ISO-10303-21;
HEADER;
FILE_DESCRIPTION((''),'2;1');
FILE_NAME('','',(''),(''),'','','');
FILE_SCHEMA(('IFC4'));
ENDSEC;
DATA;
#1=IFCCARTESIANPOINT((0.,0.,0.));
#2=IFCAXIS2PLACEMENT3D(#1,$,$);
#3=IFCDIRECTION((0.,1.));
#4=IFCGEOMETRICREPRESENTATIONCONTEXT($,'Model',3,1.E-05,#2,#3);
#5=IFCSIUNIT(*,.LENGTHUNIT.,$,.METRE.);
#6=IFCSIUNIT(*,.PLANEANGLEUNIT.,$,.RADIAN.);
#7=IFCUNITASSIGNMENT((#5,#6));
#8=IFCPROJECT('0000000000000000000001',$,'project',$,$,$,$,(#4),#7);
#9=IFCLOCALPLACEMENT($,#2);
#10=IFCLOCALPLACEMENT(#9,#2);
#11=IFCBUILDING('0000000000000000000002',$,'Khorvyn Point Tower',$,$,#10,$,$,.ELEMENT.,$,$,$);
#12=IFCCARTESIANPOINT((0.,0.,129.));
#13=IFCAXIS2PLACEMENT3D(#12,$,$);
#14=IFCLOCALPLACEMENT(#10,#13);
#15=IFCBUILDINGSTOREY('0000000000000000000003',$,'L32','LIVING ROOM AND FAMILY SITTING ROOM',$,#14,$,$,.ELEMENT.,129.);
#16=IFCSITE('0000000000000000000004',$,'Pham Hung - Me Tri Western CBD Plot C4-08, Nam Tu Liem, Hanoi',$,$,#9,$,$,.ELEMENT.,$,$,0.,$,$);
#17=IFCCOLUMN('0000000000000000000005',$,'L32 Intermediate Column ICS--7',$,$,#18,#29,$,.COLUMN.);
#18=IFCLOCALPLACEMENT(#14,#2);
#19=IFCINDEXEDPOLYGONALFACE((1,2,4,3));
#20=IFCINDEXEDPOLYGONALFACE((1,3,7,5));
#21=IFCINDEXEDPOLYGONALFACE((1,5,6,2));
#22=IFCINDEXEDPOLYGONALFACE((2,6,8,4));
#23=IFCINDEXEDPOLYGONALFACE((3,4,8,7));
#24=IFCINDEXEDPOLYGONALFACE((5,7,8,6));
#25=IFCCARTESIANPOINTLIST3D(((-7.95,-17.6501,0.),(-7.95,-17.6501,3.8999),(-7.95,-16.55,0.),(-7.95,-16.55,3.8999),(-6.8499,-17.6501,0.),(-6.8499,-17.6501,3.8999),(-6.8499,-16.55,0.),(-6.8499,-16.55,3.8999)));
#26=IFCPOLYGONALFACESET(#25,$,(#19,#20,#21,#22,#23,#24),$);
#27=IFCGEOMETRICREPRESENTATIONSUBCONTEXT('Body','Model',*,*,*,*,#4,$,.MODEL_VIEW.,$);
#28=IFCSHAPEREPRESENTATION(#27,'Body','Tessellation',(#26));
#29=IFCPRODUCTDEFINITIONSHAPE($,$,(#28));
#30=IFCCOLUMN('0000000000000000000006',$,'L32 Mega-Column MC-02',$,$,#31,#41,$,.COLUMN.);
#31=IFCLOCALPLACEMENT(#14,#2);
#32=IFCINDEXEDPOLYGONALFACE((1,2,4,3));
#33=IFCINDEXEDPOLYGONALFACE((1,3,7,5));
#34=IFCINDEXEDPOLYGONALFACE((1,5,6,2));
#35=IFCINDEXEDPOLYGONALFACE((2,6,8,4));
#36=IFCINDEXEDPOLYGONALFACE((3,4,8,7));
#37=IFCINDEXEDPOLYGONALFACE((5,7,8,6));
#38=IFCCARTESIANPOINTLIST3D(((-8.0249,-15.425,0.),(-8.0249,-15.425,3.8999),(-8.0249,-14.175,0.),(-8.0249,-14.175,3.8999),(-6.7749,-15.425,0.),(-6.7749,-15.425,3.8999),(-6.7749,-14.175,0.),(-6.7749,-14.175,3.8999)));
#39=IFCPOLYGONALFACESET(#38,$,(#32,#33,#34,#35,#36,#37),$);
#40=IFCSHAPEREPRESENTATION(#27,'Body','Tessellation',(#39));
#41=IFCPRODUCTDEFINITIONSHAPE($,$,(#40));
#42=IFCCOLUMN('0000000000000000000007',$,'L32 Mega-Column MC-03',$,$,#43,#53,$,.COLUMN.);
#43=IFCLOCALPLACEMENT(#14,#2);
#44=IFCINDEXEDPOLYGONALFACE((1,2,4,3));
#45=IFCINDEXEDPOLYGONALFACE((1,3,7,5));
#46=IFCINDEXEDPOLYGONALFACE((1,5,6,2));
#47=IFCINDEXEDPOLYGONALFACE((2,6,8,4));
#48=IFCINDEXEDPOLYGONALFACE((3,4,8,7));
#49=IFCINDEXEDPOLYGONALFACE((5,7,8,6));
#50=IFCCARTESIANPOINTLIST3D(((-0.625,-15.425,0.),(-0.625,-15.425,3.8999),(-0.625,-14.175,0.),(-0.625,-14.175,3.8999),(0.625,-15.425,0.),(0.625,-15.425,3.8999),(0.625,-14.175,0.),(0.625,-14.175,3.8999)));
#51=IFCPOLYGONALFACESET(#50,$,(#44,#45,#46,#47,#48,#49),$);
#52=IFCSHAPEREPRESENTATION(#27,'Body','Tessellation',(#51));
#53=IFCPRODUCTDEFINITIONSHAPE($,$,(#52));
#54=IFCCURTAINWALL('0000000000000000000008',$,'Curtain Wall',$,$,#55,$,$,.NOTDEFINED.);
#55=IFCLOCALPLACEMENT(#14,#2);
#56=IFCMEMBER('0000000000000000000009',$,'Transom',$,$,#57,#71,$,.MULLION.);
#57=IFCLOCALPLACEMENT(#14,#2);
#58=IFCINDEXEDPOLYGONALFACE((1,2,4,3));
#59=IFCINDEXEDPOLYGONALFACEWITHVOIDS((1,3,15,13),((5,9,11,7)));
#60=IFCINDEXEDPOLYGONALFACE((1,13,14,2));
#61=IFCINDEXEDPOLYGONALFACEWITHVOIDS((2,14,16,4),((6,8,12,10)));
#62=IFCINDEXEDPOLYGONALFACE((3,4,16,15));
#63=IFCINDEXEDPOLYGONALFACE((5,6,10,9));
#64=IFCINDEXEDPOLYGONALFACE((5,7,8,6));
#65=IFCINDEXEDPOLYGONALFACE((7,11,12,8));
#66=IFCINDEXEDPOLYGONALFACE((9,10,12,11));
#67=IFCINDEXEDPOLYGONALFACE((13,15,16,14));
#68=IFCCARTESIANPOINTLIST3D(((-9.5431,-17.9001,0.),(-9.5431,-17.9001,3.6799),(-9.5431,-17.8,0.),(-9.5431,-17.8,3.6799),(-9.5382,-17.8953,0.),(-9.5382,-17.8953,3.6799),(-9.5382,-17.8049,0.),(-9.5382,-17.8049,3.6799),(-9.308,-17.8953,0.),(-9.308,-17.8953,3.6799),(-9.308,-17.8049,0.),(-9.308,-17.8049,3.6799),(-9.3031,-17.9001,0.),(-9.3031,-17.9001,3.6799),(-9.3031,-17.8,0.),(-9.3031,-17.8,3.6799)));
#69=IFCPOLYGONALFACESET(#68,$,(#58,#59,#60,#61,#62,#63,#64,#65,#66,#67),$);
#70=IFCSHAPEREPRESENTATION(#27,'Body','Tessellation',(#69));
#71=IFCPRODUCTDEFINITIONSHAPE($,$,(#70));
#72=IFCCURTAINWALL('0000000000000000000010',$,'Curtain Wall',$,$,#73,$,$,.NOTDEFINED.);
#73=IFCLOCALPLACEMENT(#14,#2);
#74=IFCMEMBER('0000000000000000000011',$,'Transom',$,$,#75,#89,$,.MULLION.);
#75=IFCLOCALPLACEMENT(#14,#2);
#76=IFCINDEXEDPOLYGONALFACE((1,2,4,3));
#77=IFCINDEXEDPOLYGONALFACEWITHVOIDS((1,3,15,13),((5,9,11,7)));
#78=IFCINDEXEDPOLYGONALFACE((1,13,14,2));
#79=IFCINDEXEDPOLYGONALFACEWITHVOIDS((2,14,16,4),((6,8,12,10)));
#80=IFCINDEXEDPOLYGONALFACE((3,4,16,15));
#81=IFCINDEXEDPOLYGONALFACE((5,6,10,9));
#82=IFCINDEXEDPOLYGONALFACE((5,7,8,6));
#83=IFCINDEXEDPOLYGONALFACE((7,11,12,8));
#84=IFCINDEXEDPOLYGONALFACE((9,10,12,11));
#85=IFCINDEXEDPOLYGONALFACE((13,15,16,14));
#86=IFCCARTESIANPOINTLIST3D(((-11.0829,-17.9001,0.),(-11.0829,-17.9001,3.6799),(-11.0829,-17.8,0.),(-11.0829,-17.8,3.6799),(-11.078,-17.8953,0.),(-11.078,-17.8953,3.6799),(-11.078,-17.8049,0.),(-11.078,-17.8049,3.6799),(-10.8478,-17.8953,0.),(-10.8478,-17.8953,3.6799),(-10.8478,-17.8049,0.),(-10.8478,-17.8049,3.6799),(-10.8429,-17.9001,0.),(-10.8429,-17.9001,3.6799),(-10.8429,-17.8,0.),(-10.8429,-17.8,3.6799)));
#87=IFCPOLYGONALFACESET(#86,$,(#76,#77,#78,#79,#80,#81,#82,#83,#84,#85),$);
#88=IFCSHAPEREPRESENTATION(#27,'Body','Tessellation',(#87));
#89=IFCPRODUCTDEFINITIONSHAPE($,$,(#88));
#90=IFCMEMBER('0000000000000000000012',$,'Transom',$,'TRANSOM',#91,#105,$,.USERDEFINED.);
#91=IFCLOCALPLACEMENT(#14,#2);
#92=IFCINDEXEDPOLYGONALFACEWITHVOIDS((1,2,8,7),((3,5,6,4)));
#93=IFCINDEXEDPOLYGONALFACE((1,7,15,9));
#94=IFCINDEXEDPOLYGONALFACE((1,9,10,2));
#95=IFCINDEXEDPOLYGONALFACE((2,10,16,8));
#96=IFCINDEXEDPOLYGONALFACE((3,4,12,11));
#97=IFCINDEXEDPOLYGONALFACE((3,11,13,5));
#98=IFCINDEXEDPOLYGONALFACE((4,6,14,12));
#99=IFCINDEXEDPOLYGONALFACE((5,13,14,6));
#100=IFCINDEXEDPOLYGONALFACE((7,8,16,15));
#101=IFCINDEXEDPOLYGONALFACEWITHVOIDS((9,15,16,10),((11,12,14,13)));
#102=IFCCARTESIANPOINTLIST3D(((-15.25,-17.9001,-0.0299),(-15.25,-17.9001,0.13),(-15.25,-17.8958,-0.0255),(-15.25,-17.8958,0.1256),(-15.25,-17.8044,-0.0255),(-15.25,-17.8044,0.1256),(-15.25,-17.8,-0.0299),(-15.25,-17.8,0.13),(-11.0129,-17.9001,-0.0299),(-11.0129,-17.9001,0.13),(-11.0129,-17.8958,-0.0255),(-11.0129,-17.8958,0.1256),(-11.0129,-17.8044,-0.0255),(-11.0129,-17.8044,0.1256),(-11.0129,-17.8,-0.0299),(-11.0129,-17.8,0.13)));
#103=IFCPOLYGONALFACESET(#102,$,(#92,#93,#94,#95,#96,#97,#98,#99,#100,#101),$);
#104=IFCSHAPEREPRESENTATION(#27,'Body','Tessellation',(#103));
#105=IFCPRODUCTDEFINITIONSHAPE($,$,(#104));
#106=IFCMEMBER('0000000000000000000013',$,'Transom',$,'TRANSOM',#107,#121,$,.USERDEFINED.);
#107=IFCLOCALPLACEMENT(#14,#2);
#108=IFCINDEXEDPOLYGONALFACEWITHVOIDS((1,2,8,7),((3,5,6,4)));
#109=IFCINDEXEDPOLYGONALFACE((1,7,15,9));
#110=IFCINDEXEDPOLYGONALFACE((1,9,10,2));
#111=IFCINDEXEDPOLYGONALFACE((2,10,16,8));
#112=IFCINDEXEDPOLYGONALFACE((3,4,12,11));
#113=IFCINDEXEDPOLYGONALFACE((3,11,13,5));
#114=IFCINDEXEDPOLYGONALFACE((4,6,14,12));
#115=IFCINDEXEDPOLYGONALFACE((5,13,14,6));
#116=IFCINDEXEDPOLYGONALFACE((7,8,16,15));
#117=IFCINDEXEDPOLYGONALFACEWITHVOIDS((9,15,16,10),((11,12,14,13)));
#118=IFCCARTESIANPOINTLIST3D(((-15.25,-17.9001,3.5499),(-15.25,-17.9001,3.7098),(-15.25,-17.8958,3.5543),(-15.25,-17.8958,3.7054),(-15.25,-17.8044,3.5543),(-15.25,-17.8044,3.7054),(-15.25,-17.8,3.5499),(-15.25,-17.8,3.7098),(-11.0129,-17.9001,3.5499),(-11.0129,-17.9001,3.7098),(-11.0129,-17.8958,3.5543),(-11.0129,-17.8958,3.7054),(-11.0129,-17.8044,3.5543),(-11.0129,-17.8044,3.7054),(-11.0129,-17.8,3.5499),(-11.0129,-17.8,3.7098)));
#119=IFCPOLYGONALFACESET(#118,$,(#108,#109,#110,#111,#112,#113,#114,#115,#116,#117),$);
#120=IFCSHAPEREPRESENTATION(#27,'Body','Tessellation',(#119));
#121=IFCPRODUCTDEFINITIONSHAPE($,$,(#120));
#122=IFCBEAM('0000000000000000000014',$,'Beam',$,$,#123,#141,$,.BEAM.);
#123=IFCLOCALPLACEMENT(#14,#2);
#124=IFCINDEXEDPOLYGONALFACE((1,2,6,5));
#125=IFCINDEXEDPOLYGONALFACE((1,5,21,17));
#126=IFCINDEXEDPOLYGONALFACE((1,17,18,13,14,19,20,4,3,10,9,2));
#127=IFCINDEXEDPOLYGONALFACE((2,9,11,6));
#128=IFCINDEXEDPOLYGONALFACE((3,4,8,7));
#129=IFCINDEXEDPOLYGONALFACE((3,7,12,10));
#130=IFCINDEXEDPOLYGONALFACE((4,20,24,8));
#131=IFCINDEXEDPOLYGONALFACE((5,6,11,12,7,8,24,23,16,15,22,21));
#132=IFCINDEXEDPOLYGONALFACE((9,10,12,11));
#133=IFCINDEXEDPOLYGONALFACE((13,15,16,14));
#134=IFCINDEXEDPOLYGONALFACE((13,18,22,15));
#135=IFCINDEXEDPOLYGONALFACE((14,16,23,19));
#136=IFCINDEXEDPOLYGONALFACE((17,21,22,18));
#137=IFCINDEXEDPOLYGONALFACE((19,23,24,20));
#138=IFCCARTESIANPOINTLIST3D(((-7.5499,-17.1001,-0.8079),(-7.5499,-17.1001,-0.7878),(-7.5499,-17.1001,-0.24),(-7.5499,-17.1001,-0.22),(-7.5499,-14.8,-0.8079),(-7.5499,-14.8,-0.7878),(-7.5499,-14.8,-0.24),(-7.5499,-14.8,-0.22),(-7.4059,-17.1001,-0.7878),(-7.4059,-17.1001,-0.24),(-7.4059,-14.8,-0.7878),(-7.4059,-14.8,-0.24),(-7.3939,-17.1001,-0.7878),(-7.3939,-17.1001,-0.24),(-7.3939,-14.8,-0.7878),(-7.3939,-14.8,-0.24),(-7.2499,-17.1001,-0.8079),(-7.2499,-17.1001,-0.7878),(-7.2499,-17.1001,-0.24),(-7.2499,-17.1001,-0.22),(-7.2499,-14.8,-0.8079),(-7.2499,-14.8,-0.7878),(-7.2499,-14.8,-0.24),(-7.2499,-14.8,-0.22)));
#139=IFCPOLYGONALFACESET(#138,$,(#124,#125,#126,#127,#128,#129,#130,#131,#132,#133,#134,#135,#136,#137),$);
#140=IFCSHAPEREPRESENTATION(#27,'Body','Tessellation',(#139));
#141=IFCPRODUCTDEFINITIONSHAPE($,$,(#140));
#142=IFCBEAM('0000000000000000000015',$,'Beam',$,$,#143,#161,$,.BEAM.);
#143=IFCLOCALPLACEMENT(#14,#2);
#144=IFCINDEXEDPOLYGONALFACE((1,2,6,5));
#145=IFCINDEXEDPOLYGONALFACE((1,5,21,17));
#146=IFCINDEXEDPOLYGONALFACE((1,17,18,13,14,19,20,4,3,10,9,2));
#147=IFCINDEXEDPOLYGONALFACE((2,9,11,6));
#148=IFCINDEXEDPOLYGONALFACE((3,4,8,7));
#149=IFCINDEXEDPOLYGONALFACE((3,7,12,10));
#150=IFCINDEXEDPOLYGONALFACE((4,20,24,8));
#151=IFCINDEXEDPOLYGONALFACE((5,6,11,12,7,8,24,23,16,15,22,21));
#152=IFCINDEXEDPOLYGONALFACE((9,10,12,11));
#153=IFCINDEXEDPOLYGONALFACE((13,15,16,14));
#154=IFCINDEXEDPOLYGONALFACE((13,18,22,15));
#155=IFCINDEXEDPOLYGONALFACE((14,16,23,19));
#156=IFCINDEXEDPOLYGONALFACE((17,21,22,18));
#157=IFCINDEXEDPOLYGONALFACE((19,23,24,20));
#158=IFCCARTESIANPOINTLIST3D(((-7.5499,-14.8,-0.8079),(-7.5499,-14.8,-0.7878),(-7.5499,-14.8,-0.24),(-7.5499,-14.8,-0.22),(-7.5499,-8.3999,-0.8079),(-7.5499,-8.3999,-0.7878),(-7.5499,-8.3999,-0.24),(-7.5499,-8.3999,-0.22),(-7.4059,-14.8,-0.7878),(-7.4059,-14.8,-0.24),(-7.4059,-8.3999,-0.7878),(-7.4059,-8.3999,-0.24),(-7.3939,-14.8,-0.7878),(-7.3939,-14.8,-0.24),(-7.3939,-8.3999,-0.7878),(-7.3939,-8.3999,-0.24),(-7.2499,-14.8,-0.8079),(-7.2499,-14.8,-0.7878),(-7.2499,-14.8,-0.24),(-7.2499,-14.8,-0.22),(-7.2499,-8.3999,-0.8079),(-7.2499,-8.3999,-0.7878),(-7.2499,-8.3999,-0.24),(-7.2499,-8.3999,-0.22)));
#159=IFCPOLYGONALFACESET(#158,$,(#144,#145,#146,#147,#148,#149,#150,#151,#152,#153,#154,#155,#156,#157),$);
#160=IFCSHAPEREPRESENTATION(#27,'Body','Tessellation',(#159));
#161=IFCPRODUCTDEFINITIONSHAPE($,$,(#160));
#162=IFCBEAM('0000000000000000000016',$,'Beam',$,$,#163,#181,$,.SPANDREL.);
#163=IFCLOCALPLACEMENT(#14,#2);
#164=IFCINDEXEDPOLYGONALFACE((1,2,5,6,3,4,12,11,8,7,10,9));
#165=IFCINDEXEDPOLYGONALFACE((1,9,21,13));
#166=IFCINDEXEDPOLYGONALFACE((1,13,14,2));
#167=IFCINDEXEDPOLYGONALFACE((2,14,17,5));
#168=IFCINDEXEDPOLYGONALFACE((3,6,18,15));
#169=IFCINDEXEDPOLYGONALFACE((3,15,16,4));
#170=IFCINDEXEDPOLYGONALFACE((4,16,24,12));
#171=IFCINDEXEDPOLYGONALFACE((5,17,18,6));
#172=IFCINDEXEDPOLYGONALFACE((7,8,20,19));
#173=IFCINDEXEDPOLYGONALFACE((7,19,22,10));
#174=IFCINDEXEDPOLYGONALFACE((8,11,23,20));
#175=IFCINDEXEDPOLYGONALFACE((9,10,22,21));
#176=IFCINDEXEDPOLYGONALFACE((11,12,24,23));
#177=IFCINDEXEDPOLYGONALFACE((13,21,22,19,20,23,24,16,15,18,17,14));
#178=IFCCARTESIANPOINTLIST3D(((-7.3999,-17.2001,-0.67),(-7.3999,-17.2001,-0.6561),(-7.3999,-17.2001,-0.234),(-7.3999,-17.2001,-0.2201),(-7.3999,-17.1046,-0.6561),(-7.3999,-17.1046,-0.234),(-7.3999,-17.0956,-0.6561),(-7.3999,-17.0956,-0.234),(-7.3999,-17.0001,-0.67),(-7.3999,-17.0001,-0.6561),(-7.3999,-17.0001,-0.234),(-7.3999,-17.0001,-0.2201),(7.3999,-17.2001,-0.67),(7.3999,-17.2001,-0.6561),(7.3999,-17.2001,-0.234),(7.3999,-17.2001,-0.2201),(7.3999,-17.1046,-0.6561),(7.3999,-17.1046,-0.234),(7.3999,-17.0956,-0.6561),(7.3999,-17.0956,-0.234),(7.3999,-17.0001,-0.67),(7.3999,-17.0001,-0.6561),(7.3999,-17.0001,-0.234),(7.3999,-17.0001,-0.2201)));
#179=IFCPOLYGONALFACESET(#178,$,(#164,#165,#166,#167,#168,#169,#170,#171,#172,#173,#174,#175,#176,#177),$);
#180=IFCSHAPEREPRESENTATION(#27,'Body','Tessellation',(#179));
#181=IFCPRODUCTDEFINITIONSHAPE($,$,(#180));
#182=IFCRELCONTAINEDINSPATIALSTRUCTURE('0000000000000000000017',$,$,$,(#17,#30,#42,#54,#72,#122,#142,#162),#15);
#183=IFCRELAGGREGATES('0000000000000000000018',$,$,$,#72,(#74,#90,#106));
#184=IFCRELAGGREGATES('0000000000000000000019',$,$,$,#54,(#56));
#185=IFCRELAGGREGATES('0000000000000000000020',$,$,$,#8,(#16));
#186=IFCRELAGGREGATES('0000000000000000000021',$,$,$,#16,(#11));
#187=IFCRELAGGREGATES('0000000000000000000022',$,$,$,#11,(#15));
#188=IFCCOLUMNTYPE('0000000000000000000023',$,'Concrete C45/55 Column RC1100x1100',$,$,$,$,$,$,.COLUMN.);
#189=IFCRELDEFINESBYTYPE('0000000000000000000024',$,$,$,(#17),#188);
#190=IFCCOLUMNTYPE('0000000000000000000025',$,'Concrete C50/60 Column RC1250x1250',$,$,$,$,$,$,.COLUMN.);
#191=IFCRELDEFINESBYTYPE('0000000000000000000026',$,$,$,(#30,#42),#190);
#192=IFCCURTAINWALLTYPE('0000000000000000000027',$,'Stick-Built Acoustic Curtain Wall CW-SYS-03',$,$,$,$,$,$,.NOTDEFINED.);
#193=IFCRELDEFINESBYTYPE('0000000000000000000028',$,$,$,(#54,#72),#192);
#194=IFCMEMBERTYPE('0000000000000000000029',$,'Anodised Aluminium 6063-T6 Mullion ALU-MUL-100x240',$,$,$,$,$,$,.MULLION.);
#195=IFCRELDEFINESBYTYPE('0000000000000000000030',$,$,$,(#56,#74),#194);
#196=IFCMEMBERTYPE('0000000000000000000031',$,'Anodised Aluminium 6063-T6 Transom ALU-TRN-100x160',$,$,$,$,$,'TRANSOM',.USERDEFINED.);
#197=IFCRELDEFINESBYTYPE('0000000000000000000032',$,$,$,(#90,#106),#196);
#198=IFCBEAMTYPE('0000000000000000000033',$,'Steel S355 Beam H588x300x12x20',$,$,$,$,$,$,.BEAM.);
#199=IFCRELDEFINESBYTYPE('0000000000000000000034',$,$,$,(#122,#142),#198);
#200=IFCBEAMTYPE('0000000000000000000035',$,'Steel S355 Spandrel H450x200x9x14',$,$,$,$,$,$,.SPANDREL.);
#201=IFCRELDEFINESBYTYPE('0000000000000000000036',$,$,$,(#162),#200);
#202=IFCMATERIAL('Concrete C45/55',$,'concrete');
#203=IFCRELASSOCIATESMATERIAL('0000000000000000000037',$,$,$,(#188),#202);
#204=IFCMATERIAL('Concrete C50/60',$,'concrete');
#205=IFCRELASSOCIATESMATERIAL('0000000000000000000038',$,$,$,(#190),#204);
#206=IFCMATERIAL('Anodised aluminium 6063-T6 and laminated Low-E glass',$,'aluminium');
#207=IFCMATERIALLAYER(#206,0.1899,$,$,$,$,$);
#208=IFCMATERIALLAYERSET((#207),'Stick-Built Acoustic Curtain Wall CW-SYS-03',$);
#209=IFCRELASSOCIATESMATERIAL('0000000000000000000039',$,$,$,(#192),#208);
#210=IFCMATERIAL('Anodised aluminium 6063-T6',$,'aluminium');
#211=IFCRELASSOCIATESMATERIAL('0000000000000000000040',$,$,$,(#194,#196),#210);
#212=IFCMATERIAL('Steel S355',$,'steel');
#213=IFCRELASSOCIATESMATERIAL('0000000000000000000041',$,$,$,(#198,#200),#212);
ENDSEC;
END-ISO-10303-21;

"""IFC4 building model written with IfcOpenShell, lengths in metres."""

from ifc_helpers import new_model, si_unit, direction, frame, origin, origin_2d, place, context, subcontext, project, spatial, rectangle, hollow_rectangle, i_section, extrude, material, layer, layer_set, material_profile, profile_set, type_object, element, aggregate, save


model = new_model("IFC4")

# Units and contexts
model_context = context("Model", 3, precision=1e-05, world=origin(), true_north=direction((0.0, 1.0)))
body_context = subcontext(model_context, "Body", "Model", "MODEL_VIEW")
ifc_project = project(units=[si_unit("LENGTHUNIT", "METRE"), si_unit("PLANEANGLEUNIT", "RADIAN")], contexts=[model_context])

# Site, building, storey
site_placement = place(None, origin())
site = spatial("IfcSite", under=ifc_project, at=site_placement, Name="Pham Hung - Me Tri Western CBD Plot C4-08, Nam Tu Liem, Hanoi", CompositionType="ELEMENT", RefElevation=0.0)
building_placement = place(site_placement, origin())
building = spatial("IfcBuilding", under=site, at=building_placement, Name="Khorvyn Point Tower", CompositionType="ELEMENT")
storey_placement = place(building_placement, frame((0.0, 0.0, 129.0)))
storey = spatial("IfcBuildingStorey", under=building, at=storey_placement, Name="L32", Description="LIVING ROOM AND FAMILY SITTING ROOM", CompositionType="ELEMENT", Elevation=129.0)

# Columns
ifc_material_1 = material(Name="Concrete C45/55", Category="concrete")
ifc_material_profile_1 = material_profile(ifc_material_1, rectangle(XDim=1.1001, YDim=1.1001, at=origin_2d()))
ifc_profile_set_1 = profile_set([ifc_material_profile_1], Name="Concrete C45/55 RC1100x1100")
column_type_1 = type_object("IfcColumnType", Name="Concrete C45/55 Column RC1100x1100", PredefinedType="COLUMN", material=ifc_profile_set_1)
column_placement = place(storey_placement, frame((-7.3999, -17.1001, 0.0), z_axis=(0.0, 0.0, 1.0), x_axis=(1.0, 0.0, 0.0)))
element("IfcColumn", 1, at=column_placement, inside=storey, type_object=column_type_1, Name="L32 Intermediate Column ICS--7", PredefinedType="COLUMN", context=body_context, shape_type="SweptSolid", body=[
    extrude(rectangle(XDim=1.1001, YDim=1.1001, at=origin_2d()), origin(), (0.0, 0.0, 1.0), 3.8999),
])
ifc_material_2 = material(Name="Concrete C50/60", Category="concrete")
ifc_material_profile_2 = material_profile(ifc_material_2, rectangle(XDim=1.25, YDim=1.25, at=origin_2d()))
ifc_profile_set_2 = profile_set([ifc_material_profile_2], Name="Concrete C50/60 RC1250x1250")
column_type_2 = type_object("IfcColumnType", Name="Concrete C50/60 Column RC1250x1250", PredefinedType="COLUMN", material=ifc_profile_set_2)
for number, where, z_axis, x_axis, name in (
    (2, (-7.3999, -14.8, 0.0), (0.0, 0.0, 1.0), (1.0, 0.0, 0.0), "L32 Mega-Column MC-02"),
    (3, (0.0, -14.8, 0.0), (0.0, 0.0, 1.0), (1.0, 0.0, 0.0), "L32 Mega-Column MC-03"),
):
    element("IfcColumn", number, at=place(storey_placement, frame(where, z_axis=z_axis, x_axis=x_axis)), inside=storey, type_object=column_type_2, Name=name, PredefinedType="COLUMN", context=body_context, shape_type="SweptSolid", body=[
        extrude(rectangle(XDim=1.25, YDim=1.25, at=origin_2d()), origin(), (0.0, 0.0, 1.0), 3.8999),
    ])

# Curtain wall, member
ifc_material_3 = material(Name="Anodised aluminium 6063-T6 and laminated Low-E glass", Category="aluminium")
ifc_layer_1 = layer(ifc_material_3, 0.1899)
ifc_layer_set_1 = layer_set([ifc_layer_1], Name="Stick-Built Acoustic Curtain Wall CW-SYS-03")
curtain_wall_type = type_object("IfcCurtainWallType", Name="Stick-Built Acoustic Curtain Wall CW-SYS-03", PredefinedType="NOTDEFINED", material=ifc_layer_set_1)
curtain_wall_1_placement = place(storey_placement, origin())
curtain_wall_1 = element("IfcCurtainWall", 4, at=curtain_wall_1_placement, inside=storey, type_object=curtain_wall_type, Name="Curtain Wall", PredefinedType="NOTDEFINED")
ifc_material_4 = material(Name="Anodised aluminium 6063-T6", Category="aluminium")
ifc_material_profile_3 = material_profile(ifc_material_4, hollow_rectangle(XDim=0.1001, YDim=0.24, WallThickness=0.0049, at=origin_2d()))
ifc_profile_set_3 = profile_set([ifc_material_profile_3], Name="Anodised aluminium 6063-T6 ALU-MUL-100x240")
member_type_1 = type_object("IfcMemberType", Name="Anodised Aluminium 6063-T6 Mullion ALU-MUL-100x240", PredefinedType="MULLION", material=ifc_profile_set_3)
member_1_placement = place(storey_placement, frame((-9.4231, -17.8501, 0.0), z_axis=(0.0, 0.0, 1.0), x_axis=(0.0, -1.0, 0.0)))
member_1 = element("IfcMember", 5, at=member_1_placement, type_object=member_type_1, Name="Transom", PredefinedType="MULLION", context=body_context, shape_type="SweptSolid", body=[
    extrude(hollow_rectangle(XDim=0.1001, YDim=0.24, WallThickness=0.0049, at=origin_2d()), origin(), (0.0, 0.0, 1.0), 3.6799),
])

# Curtain wall, members
curtain_wall_2_placement = place(storey_placement, origin())
curtain_wall_2 = element("IfcCurtainWall", 6, at=curtain_wall_2_placement, inside=storey, type_object=curtain_wall_type, Name="Curtain Wall", PredefinedType="NOTDEFINED")
member_2_placement = place(storey_placement, frame((-10.9629, -17.8501, 0.0), z_axis=(0.0, 0.0, 1.0), x_axis=(0.0, -1.0, 0.0)))
member_2 = element("IfcMember", 7, at=member_2_placement, type_object=member_type_1, Name="Transom", PredefinedType="MULLION", context=body_context, shape_type="SweptSolid", body=[
    extrude(hollow_rectangle(XDim=0.1001, YDim=0.24, WallThickness=0.0049, at=origin_2d()), origin(), (0.0, 0.0, 1.0), 3.6799),
])
ifc_material_profile_4 = material_profile(ifc_material_4, hollow_rectangle(XDim=0.1001, YDim=0.1599, WallThickness=0.0044, at=origin_2d()))
ifc_profile_set_4 = profile_set([ifc_material_profile_4], Name="Anodised aluminium 6063-T6 ALU-TRN-100x160")
member_type_2 = type_object("IfcMemberType", Name="Anodised Aluminium 6063-T6 Transom ALU-TRN-100x160", ElementType="TRANSOM", PredefinedType="USERDEFINED", material=ifc_profile_set_4)
member_3_placement = place(storey_placement, frame((-11.0129, -17.8501, 0.05), z_axis=(-1.0, 0.0, 0.0), x_axis=(0.0, -1.0, 0.0)))
member_3 = element("IfcMember", 8, at=member_3_placement, type_object=member_type_2, Name="Transom", ObjectType="TRANSOM", PredefinedType="USERDEFINED", context=body_context, shape_type="SweptSolid", body=[
    extrude(hollow_rectangle(XDim=0.1001, YDim=0.1599, WallThickness=0.0044, at=origin_2d()), origin(), (0.0, 0.0, 1.0), 4.2371),
])
member_4_placement = place(storey_placement, frame((-11.0129, -17.8501, 3.6299), z_axis=(-1.0, 0.0, 0.0), x_axis=(0.0, -1.0, 0.0)))
member_4 = element("IfcMember", 9, at=member_4_placement, type_object=member_type_2, Name="Transom", ObjectType="TRANSOM", PredefinedType="USERDEFINED", context=body_context, shape_type="SweptSolid", body=[
    extrude(hollow_rectangle(XDim=0.1001, YDim=0.1599, WallThickness=0.0044, at=origin_2d()), origin(), (0.0, 0.0, 1.0), 4.2371),
])
aggregate(curtain_wall_2, [member_2, member_3, member_4])

# Beams
ifc_material_5 = material(Name="Steel S355", Category="steel")
ifc_material_profile_5 = material_profile(ifc_material_5, i_section(OverallWidth=0.3, OverallDepth=0.5879, WebThickness=0.012, FlangeThickness=0.02, at=origin_2d()))
ifc_profile_set_5 = profile_set([ifc_material_profile_5], Name="Steel S355 H588x300x12x20")
beam_type_1 = type_object("IfcBeamType", Name="Steel S355 Beam H588x300x12x20", PredefinedType="BEAM", material=ifc_profile_set_5)
beam_1_placement = place(storey_placement, frame((-7.3999, -17.1001, -0.5139), z_axis=(0.0, 1.0, 0.0), x_axis=(-1.0, 0.0, 0.0)))
element("IfcBeam", 10, at=beam_1_placement, inside=storey, type_object=beam_type_1, Name="Beam", PredefinedType="BEAM", context=body_context, shape_type="SweptSolid", body=[
    extrude(i_section(OverallWidth=0.3, OverallDepth=0.5879, WebThickness=0.012, FlangeThickness=0.02, at=origin_2d()), origin(), (0.0, 0.0, 1.0), 2.3),
])
beam_2_placement = place(storey_placement, frame((-7.3999, -14.8, -0.5139), z_axis=(0.0, 1.0, 0.0), x_axis=(-1.0, 0.0, 0.0)))
element("IfcBeam", 11, at=beam_2_placement, inside=storey, type_object=beam_type_1, Name="Beam", PredefinedType="BEAM", context=body_context, shape_type="SweptSolid", body=[
    extrude(i_section(OverallWidth=0.3, OverallDepth=0.5879, WebThickness=0.012, FlangeThickness=0.02, at=origin_2d()), origin(), (0.0, 0.0, 1.0), 6.4001),
])
ifc_material_profile_6 = material_profile(ifc_material_5, i_section(OverallWidth=0.2, OverallDepth=0.45, WebThickness=0.009, FlangeThickness=0.0139, at=origin_2d()))
ifc_profile_set_6 = profile_set([ifc_material_profile_6], Name="Steel S355 H450x200x9x14")
beam_type_2 = type_object("IfcBeamType", Name="Steel S355 Spandrel H450x200x9x14", PredefinedType="SPANDREL", material=ifc_profile_set_6)
beam_3_placement = place(storey_placement, frame((-7.3999, -17.1001, -0.4451), z_axis=(1.0, 0.0, 0.0), x_axis=(0.0, 1.0, 0.0)))
element("IfcBeam", 12, at=beam_3_placement, inside=storey, type_object=beam_type_2, Name="Beam", PredefinedType="SPANDREL", context=body_context, shape_type="SweptSolid", body=[
    extrude(i_section(OverallWidth=0.2, OverallDepth=0.45, WebThickness=0.009, FlangeThickness=0.0139, at=origin_2d()), origin(), (0.0, 0.0, 1.0), 14.7998),
])

aggregate(curtain_wall_1, [member_1])

save(model, "model.ifc")
